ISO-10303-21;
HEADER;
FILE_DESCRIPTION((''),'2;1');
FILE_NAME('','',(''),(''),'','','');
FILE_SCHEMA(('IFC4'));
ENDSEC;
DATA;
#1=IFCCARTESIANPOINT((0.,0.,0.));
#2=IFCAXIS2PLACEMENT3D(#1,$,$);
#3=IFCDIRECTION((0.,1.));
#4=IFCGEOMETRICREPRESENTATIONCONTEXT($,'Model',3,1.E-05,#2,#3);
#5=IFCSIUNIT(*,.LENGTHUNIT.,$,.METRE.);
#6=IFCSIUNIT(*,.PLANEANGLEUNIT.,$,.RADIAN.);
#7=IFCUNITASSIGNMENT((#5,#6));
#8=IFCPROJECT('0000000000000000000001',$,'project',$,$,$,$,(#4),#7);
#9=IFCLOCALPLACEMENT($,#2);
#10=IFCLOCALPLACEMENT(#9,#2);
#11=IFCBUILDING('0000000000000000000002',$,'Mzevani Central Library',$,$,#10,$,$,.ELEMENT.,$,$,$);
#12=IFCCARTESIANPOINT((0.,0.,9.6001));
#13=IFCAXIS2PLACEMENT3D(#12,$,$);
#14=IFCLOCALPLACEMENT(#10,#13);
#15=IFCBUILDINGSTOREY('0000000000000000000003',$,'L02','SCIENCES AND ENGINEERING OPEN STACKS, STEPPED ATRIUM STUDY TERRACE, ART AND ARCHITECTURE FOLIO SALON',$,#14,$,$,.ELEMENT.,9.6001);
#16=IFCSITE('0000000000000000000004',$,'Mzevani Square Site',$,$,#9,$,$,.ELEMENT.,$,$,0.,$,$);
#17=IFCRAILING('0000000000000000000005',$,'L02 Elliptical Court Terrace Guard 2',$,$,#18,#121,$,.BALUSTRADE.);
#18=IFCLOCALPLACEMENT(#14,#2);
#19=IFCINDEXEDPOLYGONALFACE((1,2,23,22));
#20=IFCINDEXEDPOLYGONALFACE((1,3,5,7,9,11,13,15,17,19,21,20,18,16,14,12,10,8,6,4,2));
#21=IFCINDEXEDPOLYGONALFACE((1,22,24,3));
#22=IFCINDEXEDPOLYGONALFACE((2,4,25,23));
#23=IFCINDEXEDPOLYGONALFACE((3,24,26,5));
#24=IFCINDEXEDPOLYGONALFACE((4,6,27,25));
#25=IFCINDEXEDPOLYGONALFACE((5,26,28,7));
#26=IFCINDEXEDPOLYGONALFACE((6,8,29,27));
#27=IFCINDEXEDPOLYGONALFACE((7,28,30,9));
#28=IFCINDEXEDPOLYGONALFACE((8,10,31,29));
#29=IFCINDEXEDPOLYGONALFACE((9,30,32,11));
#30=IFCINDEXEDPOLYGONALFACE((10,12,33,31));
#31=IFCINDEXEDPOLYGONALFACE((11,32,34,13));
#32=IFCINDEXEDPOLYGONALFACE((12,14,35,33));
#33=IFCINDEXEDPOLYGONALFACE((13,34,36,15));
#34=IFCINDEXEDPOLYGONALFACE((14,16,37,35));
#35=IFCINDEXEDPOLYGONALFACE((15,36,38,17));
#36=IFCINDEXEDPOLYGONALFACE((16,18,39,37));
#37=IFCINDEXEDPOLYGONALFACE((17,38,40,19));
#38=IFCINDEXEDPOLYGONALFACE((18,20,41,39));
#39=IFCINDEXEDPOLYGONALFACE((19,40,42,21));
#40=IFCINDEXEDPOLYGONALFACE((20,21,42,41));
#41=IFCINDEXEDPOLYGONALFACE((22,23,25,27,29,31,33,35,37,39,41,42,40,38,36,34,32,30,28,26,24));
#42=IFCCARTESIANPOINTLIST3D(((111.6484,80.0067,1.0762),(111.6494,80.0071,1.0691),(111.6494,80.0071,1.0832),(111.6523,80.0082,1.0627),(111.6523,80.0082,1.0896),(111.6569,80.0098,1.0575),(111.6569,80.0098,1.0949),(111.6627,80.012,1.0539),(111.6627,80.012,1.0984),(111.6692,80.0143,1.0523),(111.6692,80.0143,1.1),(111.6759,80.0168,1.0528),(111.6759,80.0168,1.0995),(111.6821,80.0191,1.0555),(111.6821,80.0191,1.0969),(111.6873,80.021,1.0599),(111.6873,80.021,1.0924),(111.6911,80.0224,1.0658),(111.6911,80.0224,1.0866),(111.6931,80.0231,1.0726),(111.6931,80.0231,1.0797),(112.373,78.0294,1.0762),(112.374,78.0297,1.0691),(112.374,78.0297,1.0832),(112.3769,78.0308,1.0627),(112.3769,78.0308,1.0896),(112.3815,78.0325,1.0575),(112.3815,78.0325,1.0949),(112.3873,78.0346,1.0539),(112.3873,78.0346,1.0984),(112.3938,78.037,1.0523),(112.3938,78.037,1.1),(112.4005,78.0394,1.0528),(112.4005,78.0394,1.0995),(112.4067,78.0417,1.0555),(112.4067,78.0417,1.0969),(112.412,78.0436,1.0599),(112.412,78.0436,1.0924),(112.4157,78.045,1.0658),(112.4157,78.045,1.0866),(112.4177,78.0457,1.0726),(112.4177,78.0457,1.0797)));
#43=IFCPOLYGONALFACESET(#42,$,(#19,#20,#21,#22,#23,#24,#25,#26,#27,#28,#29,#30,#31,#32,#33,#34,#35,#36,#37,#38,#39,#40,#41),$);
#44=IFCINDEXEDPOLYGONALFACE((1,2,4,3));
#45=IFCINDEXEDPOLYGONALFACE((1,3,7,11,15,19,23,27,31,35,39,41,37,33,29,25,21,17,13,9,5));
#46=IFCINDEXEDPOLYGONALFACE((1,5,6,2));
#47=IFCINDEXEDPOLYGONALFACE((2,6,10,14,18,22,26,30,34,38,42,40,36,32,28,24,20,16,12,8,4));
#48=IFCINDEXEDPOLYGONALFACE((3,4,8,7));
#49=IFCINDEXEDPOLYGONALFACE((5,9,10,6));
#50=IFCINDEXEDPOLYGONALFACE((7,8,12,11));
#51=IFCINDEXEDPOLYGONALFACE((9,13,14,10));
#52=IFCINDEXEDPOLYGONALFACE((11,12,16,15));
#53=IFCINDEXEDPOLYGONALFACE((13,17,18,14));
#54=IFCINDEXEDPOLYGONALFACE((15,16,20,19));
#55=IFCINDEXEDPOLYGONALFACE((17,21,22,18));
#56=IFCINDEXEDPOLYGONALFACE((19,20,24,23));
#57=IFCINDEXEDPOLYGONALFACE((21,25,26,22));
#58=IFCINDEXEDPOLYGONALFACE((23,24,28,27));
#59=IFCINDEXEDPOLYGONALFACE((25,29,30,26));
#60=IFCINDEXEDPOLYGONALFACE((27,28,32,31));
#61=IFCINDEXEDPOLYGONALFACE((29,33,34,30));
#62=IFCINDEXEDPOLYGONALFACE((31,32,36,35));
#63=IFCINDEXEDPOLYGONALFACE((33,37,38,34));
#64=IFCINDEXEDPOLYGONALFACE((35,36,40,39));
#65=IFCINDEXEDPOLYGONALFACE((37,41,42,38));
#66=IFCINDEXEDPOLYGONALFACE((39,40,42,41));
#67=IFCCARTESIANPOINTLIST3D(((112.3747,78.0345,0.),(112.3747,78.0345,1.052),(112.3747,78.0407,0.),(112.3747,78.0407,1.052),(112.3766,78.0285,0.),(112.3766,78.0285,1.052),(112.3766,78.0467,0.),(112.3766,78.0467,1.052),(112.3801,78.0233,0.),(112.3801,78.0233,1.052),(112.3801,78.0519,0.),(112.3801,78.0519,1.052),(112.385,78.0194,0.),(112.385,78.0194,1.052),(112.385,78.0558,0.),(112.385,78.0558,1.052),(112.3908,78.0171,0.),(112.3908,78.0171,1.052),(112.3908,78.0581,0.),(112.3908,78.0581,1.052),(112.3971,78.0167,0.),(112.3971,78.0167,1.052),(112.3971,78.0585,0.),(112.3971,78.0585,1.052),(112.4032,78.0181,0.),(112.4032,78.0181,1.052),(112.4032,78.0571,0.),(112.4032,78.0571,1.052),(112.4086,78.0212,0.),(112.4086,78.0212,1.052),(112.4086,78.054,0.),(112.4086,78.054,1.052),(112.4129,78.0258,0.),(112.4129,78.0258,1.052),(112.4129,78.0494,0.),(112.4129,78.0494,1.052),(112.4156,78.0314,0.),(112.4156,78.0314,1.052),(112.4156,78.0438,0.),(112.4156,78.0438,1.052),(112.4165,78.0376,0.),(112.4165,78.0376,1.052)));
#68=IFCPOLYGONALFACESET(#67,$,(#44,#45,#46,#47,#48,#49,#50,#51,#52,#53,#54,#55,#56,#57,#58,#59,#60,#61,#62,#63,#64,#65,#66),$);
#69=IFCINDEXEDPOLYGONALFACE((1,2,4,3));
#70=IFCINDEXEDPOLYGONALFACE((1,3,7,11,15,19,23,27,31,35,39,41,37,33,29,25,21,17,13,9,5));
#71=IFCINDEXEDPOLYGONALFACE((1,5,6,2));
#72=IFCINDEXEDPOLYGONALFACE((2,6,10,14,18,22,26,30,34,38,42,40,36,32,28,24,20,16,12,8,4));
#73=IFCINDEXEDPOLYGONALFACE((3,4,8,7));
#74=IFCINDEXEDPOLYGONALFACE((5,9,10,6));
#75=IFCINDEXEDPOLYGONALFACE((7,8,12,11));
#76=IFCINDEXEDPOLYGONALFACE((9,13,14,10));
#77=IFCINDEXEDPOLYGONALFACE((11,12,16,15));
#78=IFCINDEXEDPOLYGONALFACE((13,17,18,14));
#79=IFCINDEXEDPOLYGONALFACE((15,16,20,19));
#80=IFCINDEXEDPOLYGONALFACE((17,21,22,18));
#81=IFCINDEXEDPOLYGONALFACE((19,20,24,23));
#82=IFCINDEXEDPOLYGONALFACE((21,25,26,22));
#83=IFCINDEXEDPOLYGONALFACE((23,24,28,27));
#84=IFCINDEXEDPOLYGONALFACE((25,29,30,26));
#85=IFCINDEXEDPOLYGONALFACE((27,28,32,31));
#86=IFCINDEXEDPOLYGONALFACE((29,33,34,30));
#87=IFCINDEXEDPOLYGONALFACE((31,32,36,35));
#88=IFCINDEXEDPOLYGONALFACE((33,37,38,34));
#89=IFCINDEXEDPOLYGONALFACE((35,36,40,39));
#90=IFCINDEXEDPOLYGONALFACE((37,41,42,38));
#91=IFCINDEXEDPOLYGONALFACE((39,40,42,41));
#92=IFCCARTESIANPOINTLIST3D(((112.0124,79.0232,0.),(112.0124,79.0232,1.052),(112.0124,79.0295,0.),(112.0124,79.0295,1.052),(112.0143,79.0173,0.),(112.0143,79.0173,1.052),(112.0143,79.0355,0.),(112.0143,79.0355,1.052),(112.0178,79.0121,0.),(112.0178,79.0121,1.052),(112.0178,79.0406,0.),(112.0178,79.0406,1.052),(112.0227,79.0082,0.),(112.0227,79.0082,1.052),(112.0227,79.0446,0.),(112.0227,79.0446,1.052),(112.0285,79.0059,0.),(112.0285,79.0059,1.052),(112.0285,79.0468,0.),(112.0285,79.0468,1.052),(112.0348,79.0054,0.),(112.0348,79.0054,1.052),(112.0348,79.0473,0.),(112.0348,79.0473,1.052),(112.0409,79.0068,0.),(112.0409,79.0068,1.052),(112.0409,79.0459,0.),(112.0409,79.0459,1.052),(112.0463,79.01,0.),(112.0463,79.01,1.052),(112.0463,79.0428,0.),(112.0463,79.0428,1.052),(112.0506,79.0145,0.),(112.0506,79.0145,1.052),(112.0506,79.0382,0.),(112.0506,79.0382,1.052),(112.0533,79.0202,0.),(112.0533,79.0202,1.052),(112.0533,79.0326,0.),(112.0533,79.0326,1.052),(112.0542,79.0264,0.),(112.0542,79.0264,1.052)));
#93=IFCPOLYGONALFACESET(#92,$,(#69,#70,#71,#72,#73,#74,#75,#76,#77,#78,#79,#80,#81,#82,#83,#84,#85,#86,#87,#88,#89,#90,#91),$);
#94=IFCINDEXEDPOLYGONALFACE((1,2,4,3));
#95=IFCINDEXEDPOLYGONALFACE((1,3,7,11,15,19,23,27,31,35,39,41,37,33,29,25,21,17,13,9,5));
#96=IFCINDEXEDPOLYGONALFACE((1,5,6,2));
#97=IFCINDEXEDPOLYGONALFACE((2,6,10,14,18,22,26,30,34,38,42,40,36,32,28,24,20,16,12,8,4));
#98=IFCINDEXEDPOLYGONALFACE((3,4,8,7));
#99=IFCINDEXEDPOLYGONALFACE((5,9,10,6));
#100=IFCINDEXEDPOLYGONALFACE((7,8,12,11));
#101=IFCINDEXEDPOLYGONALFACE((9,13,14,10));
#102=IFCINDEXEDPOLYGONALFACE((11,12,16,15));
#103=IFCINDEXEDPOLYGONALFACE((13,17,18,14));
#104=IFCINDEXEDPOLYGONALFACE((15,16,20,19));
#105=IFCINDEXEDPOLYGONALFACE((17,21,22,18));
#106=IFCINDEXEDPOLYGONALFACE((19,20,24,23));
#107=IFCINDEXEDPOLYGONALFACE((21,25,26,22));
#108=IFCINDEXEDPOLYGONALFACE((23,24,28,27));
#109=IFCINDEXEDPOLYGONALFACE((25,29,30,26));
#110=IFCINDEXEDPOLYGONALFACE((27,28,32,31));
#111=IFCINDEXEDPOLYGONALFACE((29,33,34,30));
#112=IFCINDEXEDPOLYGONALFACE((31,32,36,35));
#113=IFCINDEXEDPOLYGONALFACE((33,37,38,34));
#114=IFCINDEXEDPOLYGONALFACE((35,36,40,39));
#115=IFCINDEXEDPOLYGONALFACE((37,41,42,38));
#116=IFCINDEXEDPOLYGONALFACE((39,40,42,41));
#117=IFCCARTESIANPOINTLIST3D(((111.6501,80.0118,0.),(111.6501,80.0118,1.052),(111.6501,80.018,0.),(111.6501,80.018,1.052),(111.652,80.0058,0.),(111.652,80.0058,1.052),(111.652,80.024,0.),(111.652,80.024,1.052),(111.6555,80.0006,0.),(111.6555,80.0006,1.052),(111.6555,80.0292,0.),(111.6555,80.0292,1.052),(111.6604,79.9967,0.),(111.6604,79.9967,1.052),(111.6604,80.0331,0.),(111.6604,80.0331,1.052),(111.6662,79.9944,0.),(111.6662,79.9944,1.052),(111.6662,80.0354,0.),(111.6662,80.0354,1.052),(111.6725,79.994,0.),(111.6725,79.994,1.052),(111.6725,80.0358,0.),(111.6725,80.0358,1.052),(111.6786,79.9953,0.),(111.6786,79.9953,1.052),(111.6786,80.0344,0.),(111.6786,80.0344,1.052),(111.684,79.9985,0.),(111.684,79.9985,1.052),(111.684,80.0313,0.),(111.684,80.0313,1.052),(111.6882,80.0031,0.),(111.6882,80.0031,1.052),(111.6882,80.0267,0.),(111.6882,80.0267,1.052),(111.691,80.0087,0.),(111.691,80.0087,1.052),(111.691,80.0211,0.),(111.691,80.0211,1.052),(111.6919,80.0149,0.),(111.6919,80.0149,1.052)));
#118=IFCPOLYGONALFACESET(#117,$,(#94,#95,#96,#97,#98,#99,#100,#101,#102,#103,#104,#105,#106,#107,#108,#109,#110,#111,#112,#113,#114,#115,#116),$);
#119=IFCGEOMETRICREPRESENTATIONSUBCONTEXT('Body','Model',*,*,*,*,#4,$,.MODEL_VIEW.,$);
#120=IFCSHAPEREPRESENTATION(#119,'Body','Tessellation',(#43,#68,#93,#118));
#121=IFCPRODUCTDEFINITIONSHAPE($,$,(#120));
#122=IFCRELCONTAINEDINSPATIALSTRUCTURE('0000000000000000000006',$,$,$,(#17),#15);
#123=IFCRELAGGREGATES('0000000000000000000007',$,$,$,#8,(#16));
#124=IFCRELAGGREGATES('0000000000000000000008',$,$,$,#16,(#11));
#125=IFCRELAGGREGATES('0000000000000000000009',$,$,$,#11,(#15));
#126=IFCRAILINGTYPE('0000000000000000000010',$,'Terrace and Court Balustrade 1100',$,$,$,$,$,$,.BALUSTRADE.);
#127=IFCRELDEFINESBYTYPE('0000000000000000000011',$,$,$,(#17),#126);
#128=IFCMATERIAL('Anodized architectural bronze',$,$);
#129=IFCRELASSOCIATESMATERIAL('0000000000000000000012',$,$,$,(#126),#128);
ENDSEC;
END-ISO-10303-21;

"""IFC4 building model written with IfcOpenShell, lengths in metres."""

from ifc_helpers import new_model, si_unit, direction, frame, origin, origin_2d, place, context, subcontext, project, spatial, circle, extrude, material, type_object, element, save


model = new_model("IFC4")

# Units and contexts
model_context = context("Model", 3, precision=1e-05, world=origin(), true_north=direction((0.0, 1.0)))
body_context = subcontext(model_context, "Body", "Model", "MODEL_VIEW")
ifc_project = project(units=[si_unit("LENGTHUNIT", "METRE"), si_unit("PLANEANGLEUNIT", "RADIAN")], contexts=[model_context])

# Site, building, storey
site_placement = place(None, origin())
site = spatial("IfcSite", under=ifc_project, at=site_placement, Name="Mzevani Square Site", CompositionType="ELEMENT", RefElevation=0.0)
building_placement = place(site_placement, origin())
building = spatial("IfcBuilding", under=site, at=building_placement, Name="Mzevani Central Library", CompositionType="ELEMENT")
storey_placement = place(building_placement, frame((0.0, 0.0, 9.6001)))
storey = spatial("IfcBuildingStorey", under=building, at=storey_placement, Name="L02", Description="SCIENCES AND ENGINEERING OPEN STACKS, STEPPED ATRIUM STUDY TERRACE, ART AND ARCHITECTURE FOLIO SALON", CompositionType="ELEMENT", Elevation=9.6001)

# Railing
ifc_material_1 = material(Name="Anodized architectural bronze")
railing_type = type_object("IfcRailingType", Name="Terrace and Court Balustrade 1100", PredefinedType="BALUSTRADE", material=ifc_material_1)
railing_1_placement = place(storey_placement, frame((112.3955, 78.0376, 0.0)))
element("IfcRailing", 1, at=railing_1_placement, inside=storey, type_object=railing_type, Name="L02 Elliptical Court Terrace Guard 2", PredefinedType="BALUSTRADE", context=body_context, shape_type="SweptSolid", body=[
    extrude(circle(Radius=0.0239, at=origin_2d()), frame((0.0, 0.0, 1.0762), z_axis=(-0.344088, 0.938938, 0.0), x_axis=(-0.938938, -0.344088, 0.0)), (0.0, 0.0, 1.0), 2.106),
    extrude(circle(Radius=0.021, at=origin_2d()), origin(), (0.0, 0.0, 1.0), 1.052),
    extrude(circle(Radius=0.021, at=origin_2d()), frame((-0.3623, 0.9888, 0.0)), (0.0, 0.0, 1.0), 1.052),
    extrude(circle(Radius=0.021, at=origin_2d()), frame((-0.7246, 1.9773, 0.0)), (0.0, 0.0, 1.0), 1.052),
])

save(model, "model.ifc")
